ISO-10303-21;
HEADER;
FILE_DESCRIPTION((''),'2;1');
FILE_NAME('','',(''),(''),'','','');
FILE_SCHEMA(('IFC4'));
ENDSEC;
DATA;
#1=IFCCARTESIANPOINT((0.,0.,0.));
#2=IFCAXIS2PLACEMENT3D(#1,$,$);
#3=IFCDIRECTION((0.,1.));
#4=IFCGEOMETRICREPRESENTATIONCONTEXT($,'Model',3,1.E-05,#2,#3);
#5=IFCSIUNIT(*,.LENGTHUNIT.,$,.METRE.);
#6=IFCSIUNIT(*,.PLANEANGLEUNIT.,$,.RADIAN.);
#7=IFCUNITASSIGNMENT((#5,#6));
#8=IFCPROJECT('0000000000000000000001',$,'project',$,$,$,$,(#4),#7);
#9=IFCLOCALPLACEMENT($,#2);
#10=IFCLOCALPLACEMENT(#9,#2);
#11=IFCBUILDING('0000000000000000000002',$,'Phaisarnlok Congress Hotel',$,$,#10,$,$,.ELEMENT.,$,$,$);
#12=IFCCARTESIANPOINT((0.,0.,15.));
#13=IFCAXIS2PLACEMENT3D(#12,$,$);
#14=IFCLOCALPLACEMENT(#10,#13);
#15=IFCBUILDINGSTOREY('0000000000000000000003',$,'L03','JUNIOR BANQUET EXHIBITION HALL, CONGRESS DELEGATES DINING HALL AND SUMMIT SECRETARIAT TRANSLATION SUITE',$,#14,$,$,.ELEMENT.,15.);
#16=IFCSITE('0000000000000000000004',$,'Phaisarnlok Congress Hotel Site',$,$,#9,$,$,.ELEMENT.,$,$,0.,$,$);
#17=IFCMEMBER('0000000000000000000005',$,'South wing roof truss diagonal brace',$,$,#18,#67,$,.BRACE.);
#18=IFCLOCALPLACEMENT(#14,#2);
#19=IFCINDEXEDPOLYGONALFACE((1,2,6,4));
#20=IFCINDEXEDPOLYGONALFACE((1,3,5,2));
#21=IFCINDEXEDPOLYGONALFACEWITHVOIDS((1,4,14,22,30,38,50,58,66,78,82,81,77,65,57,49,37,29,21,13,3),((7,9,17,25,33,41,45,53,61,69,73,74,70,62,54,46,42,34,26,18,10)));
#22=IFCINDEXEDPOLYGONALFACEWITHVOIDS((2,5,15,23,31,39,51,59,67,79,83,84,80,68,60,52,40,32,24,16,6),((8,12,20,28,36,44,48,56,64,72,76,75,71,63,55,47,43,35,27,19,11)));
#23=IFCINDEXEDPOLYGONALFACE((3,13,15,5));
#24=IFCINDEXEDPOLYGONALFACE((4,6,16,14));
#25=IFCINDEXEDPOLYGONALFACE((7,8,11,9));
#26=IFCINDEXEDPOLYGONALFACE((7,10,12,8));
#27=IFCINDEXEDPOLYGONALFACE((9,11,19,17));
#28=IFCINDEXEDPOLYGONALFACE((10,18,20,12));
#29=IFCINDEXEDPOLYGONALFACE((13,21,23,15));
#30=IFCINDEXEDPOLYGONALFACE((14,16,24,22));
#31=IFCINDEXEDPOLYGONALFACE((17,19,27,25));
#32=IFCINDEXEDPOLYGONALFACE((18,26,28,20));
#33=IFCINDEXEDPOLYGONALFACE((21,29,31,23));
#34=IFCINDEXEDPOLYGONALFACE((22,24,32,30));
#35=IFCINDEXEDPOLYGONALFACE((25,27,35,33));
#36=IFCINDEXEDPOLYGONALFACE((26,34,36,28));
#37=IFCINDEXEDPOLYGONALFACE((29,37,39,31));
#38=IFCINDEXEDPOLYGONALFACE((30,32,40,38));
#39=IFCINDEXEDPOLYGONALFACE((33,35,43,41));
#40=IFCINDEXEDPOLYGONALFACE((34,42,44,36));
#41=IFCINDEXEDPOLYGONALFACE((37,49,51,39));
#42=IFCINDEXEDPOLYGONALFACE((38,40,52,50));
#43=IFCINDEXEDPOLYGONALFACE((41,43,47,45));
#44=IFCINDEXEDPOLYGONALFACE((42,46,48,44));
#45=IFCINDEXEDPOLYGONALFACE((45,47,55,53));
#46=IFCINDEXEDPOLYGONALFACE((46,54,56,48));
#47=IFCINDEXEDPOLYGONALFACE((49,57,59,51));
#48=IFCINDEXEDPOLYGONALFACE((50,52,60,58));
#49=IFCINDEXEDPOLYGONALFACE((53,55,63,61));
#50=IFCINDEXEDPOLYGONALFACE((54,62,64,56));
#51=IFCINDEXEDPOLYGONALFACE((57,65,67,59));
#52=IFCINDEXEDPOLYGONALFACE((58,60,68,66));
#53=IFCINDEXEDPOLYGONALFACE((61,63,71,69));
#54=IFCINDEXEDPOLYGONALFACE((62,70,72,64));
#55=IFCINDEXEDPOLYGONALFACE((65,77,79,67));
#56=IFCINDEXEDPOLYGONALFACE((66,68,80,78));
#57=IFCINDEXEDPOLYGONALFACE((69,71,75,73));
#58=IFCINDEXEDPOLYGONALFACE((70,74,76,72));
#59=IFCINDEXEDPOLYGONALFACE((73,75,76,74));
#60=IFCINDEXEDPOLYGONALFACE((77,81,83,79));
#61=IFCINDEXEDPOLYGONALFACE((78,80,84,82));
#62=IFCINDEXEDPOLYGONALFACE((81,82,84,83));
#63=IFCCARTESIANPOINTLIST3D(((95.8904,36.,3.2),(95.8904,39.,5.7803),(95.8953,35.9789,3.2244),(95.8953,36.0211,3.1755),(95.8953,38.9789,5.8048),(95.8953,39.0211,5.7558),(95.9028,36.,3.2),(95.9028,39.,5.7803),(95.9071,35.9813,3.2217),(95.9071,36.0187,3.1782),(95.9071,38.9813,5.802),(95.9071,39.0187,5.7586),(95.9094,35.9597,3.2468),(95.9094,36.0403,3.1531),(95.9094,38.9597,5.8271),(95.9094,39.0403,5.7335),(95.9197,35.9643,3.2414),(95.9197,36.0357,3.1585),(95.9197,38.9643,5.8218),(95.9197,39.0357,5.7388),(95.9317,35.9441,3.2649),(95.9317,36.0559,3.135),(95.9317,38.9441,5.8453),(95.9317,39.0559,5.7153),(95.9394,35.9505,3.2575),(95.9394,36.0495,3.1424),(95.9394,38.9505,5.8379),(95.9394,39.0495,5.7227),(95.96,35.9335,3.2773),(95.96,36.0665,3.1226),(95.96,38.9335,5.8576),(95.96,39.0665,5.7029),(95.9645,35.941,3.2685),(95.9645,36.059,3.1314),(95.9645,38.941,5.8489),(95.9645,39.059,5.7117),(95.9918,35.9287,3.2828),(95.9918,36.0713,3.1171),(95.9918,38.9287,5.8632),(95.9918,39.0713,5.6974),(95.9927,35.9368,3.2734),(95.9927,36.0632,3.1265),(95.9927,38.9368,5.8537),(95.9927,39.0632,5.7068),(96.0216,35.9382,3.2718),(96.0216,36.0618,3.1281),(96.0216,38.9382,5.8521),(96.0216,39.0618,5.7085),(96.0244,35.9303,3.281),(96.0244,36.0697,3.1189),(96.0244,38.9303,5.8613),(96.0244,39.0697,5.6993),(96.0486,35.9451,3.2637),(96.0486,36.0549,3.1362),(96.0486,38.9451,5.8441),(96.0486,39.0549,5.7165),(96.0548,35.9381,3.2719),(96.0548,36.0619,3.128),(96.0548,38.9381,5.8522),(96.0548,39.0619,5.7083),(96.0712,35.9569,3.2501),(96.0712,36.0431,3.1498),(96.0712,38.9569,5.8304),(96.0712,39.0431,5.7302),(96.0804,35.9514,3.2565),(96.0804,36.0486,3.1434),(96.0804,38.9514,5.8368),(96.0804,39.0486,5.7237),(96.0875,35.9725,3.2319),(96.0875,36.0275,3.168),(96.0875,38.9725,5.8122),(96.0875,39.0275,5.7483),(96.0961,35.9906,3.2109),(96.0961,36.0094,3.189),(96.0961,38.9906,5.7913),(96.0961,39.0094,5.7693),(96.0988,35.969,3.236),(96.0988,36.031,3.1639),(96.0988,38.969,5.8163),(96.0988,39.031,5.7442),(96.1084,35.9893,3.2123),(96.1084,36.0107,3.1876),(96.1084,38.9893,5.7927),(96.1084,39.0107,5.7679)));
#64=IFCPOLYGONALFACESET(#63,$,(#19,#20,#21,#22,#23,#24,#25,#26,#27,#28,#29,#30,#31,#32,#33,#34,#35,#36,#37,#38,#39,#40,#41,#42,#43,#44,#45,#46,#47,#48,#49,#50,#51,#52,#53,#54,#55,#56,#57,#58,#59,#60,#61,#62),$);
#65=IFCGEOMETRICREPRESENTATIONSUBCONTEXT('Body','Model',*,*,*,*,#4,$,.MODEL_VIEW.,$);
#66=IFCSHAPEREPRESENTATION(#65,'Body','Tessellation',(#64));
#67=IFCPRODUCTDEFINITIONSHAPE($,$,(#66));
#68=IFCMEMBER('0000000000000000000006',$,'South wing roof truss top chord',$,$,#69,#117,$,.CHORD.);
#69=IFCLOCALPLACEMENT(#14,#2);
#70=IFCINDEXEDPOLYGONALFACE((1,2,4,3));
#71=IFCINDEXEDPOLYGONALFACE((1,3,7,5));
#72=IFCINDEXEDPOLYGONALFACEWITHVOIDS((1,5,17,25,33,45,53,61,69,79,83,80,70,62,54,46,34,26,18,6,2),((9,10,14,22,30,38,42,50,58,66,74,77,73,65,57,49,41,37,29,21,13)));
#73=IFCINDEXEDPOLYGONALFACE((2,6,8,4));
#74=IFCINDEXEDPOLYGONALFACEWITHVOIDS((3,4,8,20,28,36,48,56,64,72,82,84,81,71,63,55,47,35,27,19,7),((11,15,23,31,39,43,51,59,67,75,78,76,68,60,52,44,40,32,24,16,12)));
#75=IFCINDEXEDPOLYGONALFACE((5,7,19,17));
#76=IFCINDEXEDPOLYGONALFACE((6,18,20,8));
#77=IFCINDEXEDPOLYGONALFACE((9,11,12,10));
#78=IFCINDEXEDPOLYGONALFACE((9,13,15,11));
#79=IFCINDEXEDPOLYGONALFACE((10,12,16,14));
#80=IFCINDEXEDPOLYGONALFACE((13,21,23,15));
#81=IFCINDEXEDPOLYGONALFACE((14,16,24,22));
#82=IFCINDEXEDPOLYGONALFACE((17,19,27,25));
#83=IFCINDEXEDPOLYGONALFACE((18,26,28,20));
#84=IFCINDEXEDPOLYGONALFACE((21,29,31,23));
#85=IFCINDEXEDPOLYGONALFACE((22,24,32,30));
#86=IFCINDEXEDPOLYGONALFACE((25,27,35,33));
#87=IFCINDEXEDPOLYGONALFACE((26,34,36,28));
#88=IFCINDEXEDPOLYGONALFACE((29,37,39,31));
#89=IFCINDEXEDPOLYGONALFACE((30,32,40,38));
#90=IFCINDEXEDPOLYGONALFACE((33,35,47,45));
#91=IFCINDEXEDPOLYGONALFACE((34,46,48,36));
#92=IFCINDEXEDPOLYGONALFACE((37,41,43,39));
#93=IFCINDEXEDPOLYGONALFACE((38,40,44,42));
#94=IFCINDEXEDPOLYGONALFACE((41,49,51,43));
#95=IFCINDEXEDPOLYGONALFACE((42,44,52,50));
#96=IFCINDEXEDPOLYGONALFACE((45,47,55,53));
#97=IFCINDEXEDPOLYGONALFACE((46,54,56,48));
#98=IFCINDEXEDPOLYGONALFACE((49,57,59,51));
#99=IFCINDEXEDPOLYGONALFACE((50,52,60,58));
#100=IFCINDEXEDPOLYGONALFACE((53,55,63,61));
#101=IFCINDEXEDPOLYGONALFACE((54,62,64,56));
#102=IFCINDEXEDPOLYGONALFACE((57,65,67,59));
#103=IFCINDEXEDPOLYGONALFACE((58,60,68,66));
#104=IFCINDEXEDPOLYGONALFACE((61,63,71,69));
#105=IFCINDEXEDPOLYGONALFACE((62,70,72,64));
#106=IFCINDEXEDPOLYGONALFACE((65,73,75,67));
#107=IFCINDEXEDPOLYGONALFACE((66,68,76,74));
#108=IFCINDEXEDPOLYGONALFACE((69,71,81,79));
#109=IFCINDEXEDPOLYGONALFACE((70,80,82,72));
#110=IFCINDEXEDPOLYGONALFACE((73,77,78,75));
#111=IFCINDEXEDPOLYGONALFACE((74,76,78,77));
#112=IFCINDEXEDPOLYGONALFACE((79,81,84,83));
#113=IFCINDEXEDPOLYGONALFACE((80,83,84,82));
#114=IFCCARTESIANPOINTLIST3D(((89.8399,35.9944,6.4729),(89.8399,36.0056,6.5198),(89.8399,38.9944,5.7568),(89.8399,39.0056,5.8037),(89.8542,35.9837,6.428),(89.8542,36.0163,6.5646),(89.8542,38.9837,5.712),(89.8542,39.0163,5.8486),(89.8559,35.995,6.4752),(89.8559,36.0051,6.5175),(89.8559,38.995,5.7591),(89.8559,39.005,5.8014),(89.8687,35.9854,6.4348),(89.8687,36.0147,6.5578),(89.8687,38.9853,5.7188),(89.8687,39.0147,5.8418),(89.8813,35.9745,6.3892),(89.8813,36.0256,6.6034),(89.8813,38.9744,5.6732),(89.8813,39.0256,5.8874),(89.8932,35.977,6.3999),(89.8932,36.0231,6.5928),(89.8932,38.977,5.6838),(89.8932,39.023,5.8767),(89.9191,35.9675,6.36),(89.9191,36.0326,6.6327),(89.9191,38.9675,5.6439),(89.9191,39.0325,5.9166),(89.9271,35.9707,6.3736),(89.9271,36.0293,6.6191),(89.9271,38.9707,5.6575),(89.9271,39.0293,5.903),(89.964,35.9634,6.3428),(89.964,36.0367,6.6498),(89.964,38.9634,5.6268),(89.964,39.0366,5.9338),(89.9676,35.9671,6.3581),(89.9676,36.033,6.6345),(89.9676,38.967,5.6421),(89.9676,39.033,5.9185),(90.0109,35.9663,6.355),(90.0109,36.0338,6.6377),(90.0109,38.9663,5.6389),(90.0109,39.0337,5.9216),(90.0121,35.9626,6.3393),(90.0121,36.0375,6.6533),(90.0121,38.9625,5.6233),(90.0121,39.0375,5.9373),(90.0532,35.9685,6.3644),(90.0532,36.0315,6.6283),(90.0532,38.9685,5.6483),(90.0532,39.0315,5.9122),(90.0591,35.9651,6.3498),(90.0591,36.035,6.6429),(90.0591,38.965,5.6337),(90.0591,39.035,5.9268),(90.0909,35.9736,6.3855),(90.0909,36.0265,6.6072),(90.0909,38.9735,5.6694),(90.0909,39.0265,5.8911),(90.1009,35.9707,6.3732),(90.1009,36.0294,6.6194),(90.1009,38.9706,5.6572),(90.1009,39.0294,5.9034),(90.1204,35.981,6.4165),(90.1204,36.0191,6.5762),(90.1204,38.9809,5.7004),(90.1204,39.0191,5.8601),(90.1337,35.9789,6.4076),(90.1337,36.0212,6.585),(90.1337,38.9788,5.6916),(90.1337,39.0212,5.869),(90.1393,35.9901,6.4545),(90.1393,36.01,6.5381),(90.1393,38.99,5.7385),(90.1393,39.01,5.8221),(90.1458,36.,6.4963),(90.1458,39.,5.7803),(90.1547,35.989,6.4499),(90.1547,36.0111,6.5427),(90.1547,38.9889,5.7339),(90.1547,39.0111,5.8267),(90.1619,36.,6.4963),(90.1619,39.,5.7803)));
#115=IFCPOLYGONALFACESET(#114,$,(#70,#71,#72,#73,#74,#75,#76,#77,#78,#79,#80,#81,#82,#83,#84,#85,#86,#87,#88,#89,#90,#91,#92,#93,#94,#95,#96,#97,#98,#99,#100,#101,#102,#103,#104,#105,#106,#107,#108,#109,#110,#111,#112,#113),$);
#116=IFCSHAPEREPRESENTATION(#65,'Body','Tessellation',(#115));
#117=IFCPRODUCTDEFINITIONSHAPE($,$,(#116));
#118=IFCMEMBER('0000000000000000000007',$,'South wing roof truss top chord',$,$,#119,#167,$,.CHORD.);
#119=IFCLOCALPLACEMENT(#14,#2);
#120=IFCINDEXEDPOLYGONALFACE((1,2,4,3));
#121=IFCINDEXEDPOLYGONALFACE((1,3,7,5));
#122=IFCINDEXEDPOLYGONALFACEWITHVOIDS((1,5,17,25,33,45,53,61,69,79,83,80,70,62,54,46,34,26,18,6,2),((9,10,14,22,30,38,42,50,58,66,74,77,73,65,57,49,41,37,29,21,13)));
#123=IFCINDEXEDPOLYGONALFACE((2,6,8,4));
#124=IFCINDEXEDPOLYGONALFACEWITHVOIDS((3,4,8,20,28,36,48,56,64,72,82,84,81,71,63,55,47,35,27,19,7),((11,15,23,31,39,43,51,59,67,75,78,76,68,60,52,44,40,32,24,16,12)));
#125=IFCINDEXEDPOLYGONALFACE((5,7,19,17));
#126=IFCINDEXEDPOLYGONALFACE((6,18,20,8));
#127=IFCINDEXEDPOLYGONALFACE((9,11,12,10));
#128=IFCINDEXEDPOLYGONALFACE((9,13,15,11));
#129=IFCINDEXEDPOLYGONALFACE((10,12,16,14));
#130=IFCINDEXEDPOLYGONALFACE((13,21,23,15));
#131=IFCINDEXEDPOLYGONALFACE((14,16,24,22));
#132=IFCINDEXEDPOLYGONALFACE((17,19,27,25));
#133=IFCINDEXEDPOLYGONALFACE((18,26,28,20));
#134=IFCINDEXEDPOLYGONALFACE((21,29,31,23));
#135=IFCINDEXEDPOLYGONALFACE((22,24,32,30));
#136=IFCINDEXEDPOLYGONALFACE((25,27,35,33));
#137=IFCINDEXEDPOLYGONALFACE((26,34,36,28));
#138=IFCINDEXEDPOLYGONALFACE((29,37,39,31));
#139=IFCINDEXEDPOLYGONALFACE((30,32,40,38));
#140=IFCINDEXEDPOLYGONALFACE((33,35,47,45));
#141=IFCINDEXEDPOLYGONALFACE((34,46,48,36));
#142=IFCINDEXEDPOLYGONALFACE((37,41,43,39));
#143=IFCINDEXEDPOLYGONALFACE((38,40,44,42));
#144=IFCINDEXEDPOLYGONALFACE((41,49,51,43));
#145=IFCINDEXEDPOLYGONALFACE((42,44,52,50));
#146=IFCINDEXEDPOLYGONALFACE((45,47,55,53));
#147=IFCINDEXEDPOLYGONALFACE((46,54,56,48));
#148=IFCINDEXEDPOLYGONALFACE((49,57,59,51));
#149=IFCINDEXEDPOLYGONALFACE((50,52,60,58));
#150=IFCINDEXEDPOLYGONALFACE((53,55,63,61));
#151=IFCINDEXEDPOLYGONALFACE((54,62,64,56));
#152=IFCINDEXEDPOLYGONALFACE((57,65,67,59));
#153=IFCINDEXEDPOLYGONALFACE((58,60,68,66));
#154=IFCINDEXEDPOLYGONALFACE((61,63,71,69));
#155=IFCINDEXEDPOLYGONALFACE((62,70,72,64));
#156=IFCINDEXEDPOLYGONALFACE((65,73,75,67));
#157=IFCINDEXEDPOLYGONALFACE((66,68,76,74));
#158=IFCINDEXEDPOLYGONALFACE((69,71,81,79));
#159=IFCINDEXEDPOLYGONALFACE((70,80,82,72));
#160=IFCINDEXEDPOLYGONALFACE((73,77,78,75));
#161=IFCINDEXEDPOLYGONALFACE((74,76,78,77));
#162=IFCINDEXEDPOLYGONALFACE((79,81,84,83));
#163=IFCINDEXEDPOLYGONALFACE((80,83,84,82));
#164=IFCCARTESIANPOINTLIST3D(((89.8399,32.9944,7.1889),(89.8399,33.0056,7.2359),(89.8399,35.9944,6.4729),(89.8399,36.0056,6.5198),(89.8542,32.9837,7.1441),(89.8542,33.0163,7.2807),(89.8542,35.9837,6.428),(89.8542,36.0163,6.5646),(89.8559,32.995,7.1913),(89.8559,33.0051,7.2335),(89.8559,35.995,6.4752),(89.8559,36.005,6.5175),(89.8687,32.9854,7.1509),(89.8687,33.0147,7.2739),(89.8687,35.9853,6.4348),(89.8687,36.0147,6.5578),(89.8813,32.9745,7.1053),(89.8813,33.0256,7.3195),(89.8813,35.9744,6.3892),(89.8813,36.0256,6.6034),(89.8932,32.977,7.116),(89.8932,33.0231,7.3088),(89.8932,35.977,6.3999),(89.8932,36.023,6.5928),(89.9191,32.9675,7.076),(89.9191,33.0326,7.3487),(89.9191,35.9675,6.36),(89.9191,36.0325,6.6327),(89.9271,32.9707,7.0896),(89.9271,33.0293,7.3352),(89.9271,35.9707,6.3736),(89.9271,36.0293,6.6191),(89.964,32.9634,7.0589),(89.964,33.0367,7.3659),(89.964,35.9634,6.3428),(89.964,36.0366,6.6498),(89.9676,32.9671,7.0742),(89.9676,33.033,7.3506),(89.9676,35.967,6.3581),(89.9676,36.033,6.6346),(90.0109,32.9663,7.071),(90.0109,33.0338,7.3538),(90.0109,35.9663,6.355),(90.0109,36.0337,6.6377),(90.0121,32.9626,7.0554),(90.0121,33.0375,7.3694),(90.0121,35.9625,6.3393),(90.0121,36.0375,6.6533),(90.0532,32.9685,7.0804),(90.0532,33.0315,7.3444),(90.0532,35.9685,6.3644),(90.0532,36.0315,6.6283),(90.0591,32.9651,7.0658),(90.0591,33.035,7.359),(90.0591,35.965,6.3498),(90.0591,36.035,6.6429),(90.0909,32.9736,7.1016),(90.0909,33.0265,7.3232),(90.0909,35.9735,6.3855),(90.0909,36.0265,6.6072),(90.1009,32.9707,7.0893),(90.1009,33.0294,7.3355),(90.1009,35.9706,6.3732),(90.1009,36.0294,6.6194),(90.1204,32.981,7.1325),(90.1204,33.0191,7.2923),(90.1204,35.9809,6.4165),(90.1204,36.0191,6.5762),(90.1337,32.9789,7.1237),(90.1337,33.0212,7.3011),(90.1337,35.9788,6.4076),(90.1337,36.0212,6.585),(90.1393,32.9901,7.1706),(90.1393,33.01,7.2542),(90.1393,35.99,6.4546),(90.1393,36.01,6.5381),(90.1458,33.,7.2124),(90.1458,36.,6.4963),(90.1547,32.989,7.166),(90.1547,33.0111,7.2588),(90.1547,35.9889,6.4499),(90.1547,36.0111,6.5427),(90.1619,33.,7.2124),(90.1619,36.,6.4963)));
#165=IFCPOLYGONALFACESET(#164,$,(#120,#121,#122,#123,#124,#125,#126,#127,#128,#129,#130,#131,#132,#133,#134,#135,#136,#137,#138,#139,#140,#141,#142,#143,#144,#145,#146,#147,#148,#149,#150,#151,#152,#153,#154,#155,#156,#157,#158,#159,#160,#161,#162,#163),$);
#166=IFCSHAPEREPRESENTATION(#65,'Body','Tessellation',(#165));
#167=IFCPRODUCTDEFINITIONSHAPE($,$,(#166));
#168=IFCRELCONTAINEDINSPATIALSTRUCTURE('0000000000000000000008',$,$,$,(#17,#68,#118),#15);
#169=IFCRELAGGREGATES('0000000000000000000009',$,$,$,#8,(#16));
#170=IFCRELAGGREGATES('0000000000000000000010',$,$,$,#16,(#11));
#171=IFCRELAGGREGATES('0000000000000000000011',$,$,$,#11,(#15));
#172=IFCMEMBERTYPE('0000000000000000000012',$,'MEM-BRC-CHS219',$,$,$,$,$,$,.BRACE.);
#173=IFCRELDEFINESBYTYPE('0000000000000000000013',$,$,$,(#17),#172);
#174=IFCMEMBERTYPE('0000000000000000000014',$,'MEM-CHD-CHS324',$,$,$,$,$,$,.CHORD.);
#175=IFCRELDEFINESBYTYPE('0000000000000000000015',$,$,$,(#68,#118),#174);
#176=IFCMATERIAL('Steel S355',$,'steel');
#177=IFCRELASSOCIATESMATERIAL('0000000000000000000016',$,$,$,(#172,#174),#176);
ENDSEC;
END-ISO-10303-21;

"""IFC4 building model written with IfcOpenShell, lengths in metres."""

from ifc_helpers import new_model, si_unit, direction, frame, origin, origin_2d, place, context, subcontext, project, spatial, hollow_circle, extrude, material, material_profile, profile_set, type_object, element, save


model = new_model("IFC4")

# Units and contexts
model_context = context("Model", 3, precision=1e-05, world=origin(), true_north=direction((0.0, 1.0)))
body_context = subcontext(model_context, "Body", "Model", "MODEL_VIEW")
ifc_project = project(units=[si_unit("LENGTHUNIT", "METRE"), si_unit("PLANEANGLEUNIT", "RADIAN")], contexts=[model_context])

# Site, building, storey
site_placement = place(None, origin())
site = spatial("IfcSite", under=ifc_project, at=site_placement, Name="Phaisarnlok Congress Hotel Site", CompositionType="ELEMENT", RefElevation=0.0)
building_placement = place(site_placement, origin())
building = spatial("IfcBuilding", under=site, at=building_placement, Name="Phaisarnlok Congress Hotel", CompositionType="ELEMENT")
storey_placement = place(building_placement, frame((0.0, 0.0, 15.0)))
storey = spatial("IfcBuildingStorey", under=building, at=storey_placement, Name="L03", Description="JUNIOR BANQUET EXHIBITION HALL, CONGRESS DELEGATES DINING HALL AND SUMMIT SECRETARIAT TRANSLATION SUITE", CompositionType="ELEMENT", Elevation=15.0)

# Shared definitions
ifc_material_1 = material(Name="Steel S355", Category="steel")

# Members
ifc_material_profile_1 = material_profile(ifc_material_1, hollow_circle(Radius=0.1096, WallThickness=0.0125, at=origin_2d()), Name="CHS 219.1x12.5")
ifc_profile_set_1 = profile_set([ifc_material_profile_1], Name="Steel S355")
member_type_1 = type_object("IfcMemberType", Name="MEM-BRC-CHS219", PredefinedType="BRACE", material=ifc_profile_set_1)
member_1_placement = place(storey_placement, frame((96.0, 36.0, 3.2), z_axis=(0.0, 0.758145, 0.652086), x_axis=(-1.0, 0.0, 0.0)))
element("IfcMember", 1, at=member_1_placement, inside=storey, type_object=member_type_1, Name="South wing roof truss diagonal brace", PredefinedType="BRACE", context=body_context, shape_type="SweptSolid", body=[
    extrude(hollow_circle(Radius=0.1096, WallThickness=0.0125, at=origin_2d()), origin(), (0.0, 0.0, 1.0), 3.957),
])
ifc_material_profile_2 = material_profile(ifc_material_1, hollow_circle(Radius=0.1619, WallThickness=0.0161, at=origin_2d()), Name="CHS 323.9x16")
ifc_profile_set_2 = profile_set([ifc_material_profile_2], Name="Steel S355")
member_type_2 = type_object("IfcMemberType", Name="MEM-CHD-CHS324", PredefinedType="CHORD", material=ifc_profile_set_2)
for number, where, z_axis, x_axis, name in (
    (2, (90.0, 39.0, 5.7803), (0.0, -0.972676, 0.232166), (1.0, 0.0, 0.0), "South wing roof truss top chord"),
    (3, (90.0, 36.0, 6.4963), (0.0, -0.972676, 0.232166), (1.0, 0.0, 0.0), "South wing roof truss top chord"),
):
    element("IfcMember", number, at=place(storey_placement, frame(where, z_axis=z_axis, x_axis=x_axis)), inside=storey, type_object=member_type_2, Name=name, PredefinedType="CHORD", context=body_context, shape_type="SweptSolid", body=[
        extrude(hollow_circle(Radius=0.1619, WallThickness=0.0161, at=origin_2d()), origin(), (0.0, 0.0, 1.0), 3.0842),
    ])

save(model, "model.ifc")
